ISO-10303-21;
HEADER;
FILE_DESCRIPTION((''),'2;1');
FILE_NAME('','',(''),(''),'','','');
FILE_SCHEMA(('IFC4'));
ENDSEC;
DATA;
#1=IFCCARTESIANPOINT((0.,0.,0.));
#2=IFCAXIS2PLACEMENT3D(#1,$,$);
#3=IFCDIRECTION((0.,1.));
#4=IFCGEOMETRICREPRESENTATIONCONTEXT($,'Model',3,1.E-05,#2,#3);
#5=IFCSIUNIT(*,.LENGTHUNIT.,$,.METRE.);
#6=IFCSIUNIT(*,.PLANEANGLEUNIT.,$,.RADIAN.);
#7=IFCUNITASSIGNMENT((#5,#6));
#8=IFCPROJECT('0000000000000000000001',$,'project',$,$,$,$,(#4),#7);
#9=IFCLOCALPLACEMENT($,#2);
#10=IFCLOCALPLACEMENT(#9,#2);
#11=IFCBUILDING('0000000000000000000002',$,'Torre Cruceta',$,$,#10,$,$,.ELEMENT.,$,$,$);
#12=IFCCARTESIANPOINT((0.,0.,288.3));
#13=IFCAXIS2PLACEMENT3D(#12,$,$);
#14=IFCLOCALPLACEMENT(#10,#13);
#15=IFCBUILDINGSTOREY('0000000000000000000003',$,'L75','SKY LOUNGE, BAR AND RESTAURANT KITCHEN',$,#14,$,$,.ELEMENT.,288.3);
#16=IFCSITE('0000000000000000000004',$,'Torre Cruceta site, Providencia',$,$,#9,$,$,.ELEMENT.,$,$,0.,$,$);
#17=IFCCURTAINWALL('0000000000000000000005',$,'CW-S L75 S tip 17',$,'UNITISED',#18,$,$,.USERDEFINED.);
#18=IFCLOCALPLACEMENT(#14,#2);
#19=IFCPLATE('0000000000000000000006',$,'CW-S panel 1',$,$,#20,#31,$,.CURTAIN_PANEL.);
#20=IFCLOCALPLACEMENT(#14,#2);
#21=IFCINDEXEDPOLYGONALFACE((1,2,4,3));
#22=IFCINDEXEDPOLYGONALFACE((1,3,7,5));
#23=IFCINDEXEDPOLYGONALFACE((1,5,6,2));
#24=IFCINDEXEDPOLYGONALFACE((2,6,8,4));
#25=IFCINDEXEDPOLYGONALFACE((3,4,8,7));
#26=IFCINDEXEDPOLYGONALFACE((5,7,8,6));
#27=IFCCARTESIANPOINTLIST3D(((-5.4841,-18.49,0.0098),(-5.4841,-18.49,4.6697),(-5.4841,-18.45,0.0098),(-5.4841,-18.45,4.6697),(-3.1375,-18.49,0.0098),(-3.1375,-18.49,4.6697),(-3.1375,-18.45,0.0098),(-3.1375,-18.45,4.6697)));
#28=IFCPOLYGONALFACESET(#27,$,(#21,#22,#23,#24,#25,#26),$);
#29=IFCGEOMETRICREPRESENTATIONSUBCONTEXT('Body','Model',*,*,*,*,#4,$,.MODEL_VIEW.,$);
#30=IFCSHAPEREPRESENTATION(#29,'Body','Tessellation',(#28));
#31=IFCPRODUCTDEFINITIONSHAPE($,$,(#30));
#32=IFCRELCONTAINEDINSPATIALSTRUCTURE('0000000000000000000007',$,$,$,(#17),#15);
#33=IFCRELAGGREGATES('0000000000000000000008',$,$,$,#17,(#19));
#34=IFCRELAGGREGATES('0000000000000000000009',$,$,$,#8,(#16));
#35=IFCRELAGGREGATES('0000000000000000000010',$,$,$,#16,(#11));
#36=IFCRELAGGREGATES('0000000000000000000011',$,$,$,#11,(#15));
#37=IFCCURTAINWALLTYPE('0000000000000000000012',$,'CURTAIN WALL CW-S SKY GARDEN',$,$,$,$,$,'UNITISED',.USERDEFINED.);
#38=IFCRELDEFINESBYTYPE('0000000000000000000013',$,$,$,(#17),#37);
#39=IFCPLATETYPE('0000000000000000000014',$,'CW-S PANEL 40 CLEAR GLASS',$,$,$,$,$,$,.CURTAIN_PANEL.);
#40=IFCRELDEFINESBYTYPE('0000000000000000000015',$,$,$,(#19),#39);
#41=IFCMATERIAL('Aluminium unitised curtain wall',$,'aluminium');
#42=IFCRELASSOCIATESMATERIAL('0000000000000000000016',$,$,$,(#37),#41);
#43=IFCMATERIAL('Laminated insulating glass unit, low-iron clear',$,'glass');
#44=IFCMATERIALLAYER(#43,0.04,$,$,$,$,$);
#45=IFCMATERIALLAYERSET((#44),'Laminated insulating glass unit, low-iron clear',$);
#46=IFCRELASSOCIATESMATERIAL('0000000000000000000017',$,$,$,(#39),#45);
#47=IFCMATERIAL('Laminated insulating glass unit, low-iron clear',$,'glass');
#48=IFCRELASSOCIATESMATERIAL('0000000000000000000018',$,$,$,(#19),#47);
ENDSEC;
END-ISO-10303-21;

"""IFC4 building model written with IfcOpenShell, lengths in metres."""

from ifc_helpers import new_model, si_unit, direction, frame, origin, origin_2d, place, context, subcontext, project, spatial, rectangle, extrude, material, layer, layer_set, type_object, element, aggregate, save


model = new_model("IFC4")

# Units and contexts
model_context = context("Model", 3, precision=1e-05, world=origin(), true_north=direction((0.0, 1.0)))
body_context = subcontext(model_context, "Body", "Model", "MODEL_VIEW")
ifc_project = project(units=[si_unit("LENGTHUNIT", "METRE"), si_unit("PLANEANGLEUNIT", "RADIAN")], contexts=[model_context])

# Site, building, storey
site_placement = place(None, origin())
site = spatial("IfcSite", under=ifc_project, at=site_placement, Name="Torre Cruceta site, Providencia", CompositionType="ELEMENT", RefElevation=0.0)
building_placement = place(site_placement, origin())
building = spatial("IfcBuilding", under=site, at=building_placement, Name="Torre Cruceta", CompositionType="ELEMENT")
storey_placement = place(building_placement, frame((0.0, 0.0, 288.3)))
storey = spatial("IfcBuildingStorey", under=building, at=storey_placement, Name="L75", Description="SKY LOUNGE, BAR AND RESTAURANT KITCHEN", CompositionType="ELEMENT", Elevation=288.3)

# Curtain wall
ifc_material_1 = material(Name="Aluminium unitised curtain wall", Category="aluminium")
curtain_wall_type = type_object("IfcCurtainWallType", Name="CURTAIN WALL CW-S SKY GARDEN", ElementType="UNITISED", PredefinedType="USERDEFINED", material=ifc_material_1)
curtain_wall_placement = place(storey_placement, origin())
curtain_wall = element("IfcCurtainWall", 1, at=curtain_wall_placement, inside=storey, type_object=curtain_wall_type, Name="CW-S L75 S tip 17", ObjectType="UNITISED", PredefinedType="USERDEFINED")

# Plate
ifc_material_2 = material(Name="Laminated insulating glass unit, low-iron clear", Category="glass")
ifc_material_3 = material(Name="Laminated insulating glass unit, low-iron clear", Category="glass")
ifc_layer_1 = layer(ifc_material_3, 0.04)
ifc_layer_set_1 = layer_set([ifc_layer_1], Name="Laminated insulating glass unit, low-iron clear")
plate_type_1 = type_object("IfcPlateType", Name="CW-S PANEL 40 CLEAR GLASS", PredefinedType="CURTAIN_PANEL", material=ifc_layer_set_1)
plate_1_placement = place(storey_placement, frame((-4.3108, -18.47, 0.0098), z_axis=(0.0, 0.0, 1.0), x_axis=(1.0, 0.0, 0.0)))
plate_1 = element("IfcPlate", 2, at=plate_1_placement, type_object=plate_type_1, material=ifc_material_2, Name="CW-S panel 1", PredefinedType="CURTAIN_PANEL", context=body_context, shape_type="SweptSolid", body=[
    extrude(rectangle(XDim=2.3467, YDim=0.04, at=origin_2d()), origin(), (0.0, 0.0, 1.0), 4.6599),
])
aggregate(curtain_wall, [plate_1])

save(model, "model.ifc")
